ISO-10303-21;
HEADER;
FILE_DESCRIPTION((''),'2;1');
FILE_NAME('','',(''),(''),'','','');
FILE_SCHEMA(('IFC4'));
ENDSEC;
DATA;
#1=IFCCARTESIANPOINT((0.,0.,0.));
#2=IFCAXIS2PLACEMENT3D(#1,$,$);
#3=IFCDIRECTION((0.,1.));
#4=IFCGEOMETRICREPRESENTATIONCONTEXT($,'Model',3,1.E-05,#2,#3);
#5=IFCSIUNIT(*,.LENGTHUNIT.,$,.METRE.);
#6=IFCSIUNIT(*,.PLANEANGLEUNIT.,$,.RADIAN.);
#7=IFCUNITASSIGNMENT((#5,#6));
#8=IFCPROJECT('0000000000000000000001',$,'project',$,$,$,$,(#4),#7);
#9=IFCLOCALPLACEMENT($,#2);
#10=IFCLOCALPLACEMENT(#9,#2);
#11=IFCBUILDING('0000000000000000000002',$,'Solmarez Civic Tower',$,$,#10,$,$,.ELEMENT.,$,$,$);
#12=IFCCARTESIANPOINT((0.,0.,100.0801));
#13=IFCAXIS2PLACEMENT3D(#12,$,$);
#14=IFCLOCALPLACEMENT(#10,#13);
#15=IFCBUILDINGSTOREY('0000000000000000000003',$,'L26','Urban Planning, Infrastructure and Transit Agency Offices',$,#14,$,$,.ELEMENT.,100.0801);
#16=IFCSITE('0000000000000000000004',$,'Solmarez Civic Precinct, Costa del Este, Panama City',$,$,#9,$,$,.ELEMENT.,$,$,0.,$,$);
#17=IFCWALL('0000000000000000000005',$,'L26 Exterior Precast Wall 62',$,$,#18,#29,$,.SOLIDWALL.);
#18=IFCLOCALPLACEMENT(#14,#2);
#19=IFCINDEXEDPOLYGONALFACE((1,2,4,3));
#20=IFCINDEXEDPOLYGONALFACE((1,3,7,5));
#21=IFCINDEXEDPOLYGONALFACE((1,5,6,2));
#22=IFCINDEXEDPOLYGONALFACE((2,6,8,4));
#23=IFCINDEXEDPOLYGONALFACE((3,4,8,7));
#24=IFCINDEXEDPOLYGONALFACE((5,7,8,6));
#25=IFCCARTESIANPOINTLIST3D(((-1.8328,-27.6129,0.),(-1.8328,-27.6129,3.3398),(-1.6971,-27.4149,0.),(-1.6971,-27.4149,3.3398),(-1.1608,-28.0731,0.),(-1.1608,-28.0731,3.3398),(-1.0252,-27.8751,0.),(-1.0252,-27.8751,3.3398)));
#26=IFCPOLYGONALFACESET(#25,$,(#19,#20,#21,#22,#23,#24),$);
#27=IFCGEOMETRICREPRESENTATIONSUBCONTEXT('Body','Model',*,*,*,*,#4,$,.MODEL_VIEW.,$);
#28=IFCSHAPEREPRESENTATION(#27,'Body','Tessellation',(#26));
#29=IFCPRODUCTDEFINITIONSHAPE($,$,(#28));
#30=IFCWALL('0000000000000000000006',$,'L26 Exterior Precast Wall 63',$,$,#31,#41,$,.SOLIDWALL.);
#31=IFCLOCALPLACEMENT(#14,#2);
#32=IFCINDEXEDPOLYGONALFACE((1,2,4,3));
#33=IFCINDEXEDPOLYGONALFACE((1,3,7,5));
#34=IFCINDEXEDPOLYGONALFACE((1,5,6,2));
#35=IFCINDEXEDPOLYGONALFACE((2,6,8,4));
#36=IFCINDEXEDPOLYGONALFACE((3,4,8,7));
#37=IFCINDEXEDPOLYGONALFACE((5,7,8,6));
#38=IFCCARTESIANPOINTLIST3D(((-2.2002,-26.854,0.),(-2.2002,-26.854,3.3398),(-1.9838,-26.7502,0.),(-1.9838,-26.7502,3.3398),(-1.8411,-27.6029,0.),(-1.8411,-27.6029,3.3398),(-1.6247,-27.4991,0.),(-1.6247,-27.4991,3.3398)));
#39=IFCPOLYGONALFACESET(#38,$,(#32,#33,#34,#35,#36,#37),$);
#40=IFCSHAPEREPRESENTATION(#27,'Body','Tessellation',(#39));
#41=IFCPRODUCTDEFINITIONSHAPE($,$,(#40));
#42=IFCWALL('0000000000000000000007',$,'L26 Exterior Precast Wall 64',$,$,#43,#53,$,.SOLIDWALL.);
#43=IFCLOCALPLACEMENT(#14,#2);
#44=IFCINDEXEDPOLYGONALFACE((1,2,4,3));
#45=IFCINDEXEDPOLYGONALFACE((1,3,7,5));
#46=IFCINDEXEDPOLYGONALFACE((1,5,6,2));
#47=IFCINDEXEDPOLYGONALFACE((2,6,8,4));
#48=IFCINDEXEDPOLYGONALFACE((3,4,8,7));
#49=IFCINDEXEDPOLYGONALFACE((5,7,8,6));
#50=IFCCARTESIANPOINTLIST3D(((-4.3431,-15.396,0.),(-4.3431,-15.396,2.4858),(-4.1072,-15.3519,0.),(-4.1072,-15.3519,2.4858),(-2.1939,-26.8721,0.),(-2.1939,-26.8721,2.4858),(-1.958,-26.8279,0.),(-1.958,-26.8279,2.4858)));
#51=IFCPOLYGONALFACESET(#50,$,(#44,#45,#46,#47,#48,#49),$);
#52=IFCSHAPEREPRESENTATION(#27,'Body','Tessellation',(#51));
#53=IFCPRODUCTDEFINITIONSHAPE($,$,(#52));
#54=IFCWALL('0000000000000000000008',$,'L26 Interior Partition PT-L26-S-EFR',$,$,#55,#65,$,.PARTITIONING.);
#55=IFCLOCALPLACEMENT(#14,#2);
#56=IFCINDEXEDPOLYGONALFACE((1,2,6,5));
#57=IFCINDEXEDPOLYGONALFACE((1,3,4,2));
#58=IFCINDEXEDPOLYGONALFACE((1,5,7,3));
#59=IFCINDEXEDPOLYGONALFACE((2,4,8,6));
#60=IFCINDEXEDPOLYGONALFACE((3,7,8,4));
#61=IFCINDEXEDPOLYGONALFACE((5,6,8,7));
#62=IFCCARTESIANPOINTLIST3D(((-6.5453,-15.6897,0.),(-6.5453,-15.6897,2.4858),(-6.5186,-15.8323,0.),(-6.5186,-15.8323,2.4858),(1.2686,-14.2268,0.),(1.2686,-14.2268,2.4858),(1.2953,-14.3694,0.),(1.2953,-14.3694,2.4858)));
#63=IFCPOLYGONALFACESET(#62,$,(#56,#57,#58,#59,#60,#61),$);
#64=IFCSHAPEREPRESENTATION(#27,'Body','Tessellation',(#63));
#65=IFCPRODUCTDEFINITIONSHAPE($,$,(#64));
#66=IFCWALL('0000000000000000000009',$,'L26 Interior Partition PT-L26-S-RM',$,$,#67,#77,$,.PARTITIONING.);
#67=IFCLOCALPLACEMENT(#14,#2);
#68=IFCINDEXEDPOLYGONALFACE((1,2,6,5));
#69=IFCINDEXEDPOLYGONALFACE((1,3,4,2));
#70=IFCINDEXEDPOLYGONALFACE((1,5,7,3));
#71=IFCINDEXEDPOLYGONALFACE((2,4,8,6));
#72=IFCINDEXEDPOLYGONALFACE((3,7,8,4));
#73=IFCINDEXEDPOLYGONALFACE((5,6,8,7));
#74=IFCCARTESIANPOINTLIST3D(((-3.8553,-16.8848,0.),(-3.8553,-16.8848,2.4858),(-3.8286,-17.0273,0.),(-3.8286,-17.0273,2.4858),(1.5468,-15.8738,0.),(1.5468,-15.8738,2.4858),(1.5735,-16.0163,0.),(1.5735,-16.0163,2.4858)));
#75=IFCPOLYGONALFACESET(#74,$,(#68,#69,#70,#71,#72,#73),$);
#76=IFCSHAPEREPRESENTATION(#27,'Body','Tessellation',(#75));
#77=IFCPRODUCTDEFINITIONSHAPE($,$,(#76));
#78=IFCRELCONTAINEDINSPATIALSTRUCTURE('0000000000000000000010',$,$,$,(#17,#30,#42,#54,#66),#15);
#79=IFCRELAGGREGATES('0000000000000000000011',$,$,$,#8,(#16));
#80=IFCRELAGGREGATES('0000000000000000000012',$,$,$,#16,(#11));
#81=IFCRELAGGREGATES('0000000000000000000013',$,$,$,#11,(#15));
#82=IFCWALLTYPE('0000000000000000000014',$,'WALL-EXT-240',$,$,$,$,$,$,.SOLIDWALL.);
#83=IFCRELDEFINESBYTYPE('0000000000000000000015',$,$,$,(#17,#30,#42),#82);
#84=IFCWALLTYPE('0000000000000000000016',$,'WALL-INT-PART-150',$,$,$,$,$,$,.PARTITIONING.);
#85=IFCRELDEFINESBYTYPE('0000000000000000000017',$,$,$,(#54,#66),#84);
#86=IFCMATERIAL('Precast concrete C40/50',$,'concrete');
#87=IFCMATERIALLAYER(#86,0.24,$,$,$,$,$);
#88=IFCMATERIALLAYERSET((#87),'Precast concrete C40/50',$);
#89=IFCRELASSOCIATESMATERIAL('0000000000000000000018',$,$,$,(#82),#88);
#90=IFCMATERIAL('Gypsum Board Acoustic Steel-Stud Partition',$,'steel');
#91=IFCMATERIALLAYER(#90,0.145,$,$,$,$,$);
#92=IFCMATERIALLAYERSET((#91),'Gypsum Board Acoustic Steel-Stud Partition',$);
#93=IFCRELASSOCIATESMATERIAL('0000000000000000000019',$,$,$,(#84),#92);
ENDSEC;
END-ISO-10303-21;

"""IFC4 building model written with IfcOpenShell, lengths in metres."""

from ifc_helpers import new_model, si_unit, direction, frame, frame_2d, origin, place, context, subcontext, project, spatial, rectangle, extrude, material, layer, layer_set, type_object, element, save


model = new_model("IFC4")

# Units and contexts
model_context = context("Model", 3, precision=1e-05, world=origin(), true_north=direction((0.0, 1.0)))
body_context = subcontext(model_context, "Body", "Model", "MODEL_VIEW")
ifc_project = project(units=[si_unit("LENGTHUNIT", "METRE"), si_unit("PLANEANGLEUNIT", "RADIAN")], contexts=[model_context])

# Site, building, storey
site_placement = place(None, origin())
site = spatial("IfcSite", under=ifc_project, at=site_placement, Name="Solmarez Civic Precinct, Costa del Este, Panama City", CompositionType="ELEMENT", RefElevation=0.0)
building_placement = place(site_placement, origin())
building = spatial("IfcBuilding", under=site, at=building_placement, Name="Solmarez Civic Tower", CompositionType="ELEMENT")
storey_placement = place(building_placement, frame((0.0, 0.0, 100.0801)))
storey = spatial("IfcBuildingStorey", under=building, at=storey_placement, Name="L26", Description="Urban Planning, Infrastructure and Transit Agency Offices", CompositionType="ELEMENT", Elevation=100.0801)

# Walls
ifc_material_1 = material(Name="Precast concrete C40/50", Category="concrete")
ifc_layer_1 = layer(ifc_material_1, 0.24)
ifc_layer_set_1 = layer_set([ifc_layer_1], Name="Precast concrete C40/50")
wall_type_1 = type_object("IfcWallType", Name="WALL-EXT-240", PredefinedType="SOLIDWALL", material=ifc_layer_set_1)
wall_1_placement = place(storey_placement, frame((-1.093, -27.9741, 0.0), z_axis=(0.0, 0.0, 1.0), x_axis=(-0.82502, 0.565103, 0.0)))
element("IfcWall", 1, at=wall_1_placement, inside=storey, type_object=wall_type_1, Name="L26 Exterior Precast Wall 62", PredefinedType="SOLIDWALL", context=body_context, shape_type="SweptSolid", body=[
    extrude(rectangle(XDim=0.8145, YDim=0.24, at=frame_2d((0.4072, 0.0))), origin(), (0.0, 0.0, 1.0), 3.3398),
])
wall_2_placement = place(storey_placement, frame((-1.7329, -27.551, 0.0), z_axis=(0.0, 0.0, 1.0), x_axis=(-0.432339, 0.901711, 0.0)))
element("IfcWall", 2, at=wall_2_placement, inside=storey, type_object=wall_type_1, Name="L26 Exterior Precast Wall 63", PredefinedType="SOLIDWALL", context=body_context, shape_type="SweptSolid", body=[
    extrude(rectangle(XDim=0.8306, YDim=0.24, at=frame_2d((0.4153, 0.0))), origin(), (0.0, 0.0, 1.0), 3.3398),
])
wall_3_placement = place(storey_placement, frame((-2.0759, -26.8501, 0.0), z_axis=(0.0, 0.0, 1.0), x_axis=(-0.184074, 0.982912, 0.0)))
element("IfcWall", 3, at=wall_3_placement, inside=storey, type_object=wall_type_1, Name="L26 Exterior Precast Wall 64", PredefinedType="SOLIDWALL", context=body_context, shape_type="SweptSolid", body=[
    extrude(rectangle(XDim=11.6755, YDim=0.24, at=frame_2d((5.8379, 0.0))), origin(), (0.0, 0.0, 1.0), 2.4858),
])
ifc_material_2 = material(Name="Gypsum Board Acoustic Steel-Stud Partition", Category="steel")
ifc_layer_2 = layer(ifc_material_2, 0.145)
ifc_layer_set_2 = layer_set([ifc_layer_2], Name="Gypsum Board Acoustic Steel-Stud Partition")
wall_type_2 = type_object("IfcWallType", Name="WALL-INT-PART-150", PredefinedType="PARTITIONING", material=ifc_layer_set_2)
wall_4_placement = place(storey_placement, frame((-6.532, -15.761, 0.0), z_axis=(0.0, 0.0, 1.0), x_axis=(0.982923, 0.184018, 0.0)))
element("IfcWall", 4, at=wall_4_placement, inside=storey, type_object=wall_type_2, Name="L26 Interior Partition PT-L26-S-EFR", PredefinedType="PARTITIONING", context=body_context, shape_type="SweptSolid", body=[
    extrude(rectangle(XDim=7.9497, YDim=0.145, at=frame_2d((3.9749, 0.0))), origin(), (0.0, 0.0, 1.0), 2.4858),
])
wall_5_placement = place(storey_placement, frame((-3.842, -16.9561, 0.0), z_axis=(0.0, 0.0, 1.0), x_axis=(0.982935, 0.183953, 0.0)))
element("IfcWall", 5, at=wall_5_placement, inside=storey, type_object=wall_type_2, Name="L26 Interior Partition PT-L26-S-RM", PredefinedType="PARTITIONING", context=body_context, shape_type="SweptSolid", body=[
    extrude(rectangle(XDim=5.4958, YDim=0.145, at=frame_2d((2.748, 0.0))), origin(), (0.0, 0.0, 1.0), 2.4858),
])

save(model, "model.ifc")
